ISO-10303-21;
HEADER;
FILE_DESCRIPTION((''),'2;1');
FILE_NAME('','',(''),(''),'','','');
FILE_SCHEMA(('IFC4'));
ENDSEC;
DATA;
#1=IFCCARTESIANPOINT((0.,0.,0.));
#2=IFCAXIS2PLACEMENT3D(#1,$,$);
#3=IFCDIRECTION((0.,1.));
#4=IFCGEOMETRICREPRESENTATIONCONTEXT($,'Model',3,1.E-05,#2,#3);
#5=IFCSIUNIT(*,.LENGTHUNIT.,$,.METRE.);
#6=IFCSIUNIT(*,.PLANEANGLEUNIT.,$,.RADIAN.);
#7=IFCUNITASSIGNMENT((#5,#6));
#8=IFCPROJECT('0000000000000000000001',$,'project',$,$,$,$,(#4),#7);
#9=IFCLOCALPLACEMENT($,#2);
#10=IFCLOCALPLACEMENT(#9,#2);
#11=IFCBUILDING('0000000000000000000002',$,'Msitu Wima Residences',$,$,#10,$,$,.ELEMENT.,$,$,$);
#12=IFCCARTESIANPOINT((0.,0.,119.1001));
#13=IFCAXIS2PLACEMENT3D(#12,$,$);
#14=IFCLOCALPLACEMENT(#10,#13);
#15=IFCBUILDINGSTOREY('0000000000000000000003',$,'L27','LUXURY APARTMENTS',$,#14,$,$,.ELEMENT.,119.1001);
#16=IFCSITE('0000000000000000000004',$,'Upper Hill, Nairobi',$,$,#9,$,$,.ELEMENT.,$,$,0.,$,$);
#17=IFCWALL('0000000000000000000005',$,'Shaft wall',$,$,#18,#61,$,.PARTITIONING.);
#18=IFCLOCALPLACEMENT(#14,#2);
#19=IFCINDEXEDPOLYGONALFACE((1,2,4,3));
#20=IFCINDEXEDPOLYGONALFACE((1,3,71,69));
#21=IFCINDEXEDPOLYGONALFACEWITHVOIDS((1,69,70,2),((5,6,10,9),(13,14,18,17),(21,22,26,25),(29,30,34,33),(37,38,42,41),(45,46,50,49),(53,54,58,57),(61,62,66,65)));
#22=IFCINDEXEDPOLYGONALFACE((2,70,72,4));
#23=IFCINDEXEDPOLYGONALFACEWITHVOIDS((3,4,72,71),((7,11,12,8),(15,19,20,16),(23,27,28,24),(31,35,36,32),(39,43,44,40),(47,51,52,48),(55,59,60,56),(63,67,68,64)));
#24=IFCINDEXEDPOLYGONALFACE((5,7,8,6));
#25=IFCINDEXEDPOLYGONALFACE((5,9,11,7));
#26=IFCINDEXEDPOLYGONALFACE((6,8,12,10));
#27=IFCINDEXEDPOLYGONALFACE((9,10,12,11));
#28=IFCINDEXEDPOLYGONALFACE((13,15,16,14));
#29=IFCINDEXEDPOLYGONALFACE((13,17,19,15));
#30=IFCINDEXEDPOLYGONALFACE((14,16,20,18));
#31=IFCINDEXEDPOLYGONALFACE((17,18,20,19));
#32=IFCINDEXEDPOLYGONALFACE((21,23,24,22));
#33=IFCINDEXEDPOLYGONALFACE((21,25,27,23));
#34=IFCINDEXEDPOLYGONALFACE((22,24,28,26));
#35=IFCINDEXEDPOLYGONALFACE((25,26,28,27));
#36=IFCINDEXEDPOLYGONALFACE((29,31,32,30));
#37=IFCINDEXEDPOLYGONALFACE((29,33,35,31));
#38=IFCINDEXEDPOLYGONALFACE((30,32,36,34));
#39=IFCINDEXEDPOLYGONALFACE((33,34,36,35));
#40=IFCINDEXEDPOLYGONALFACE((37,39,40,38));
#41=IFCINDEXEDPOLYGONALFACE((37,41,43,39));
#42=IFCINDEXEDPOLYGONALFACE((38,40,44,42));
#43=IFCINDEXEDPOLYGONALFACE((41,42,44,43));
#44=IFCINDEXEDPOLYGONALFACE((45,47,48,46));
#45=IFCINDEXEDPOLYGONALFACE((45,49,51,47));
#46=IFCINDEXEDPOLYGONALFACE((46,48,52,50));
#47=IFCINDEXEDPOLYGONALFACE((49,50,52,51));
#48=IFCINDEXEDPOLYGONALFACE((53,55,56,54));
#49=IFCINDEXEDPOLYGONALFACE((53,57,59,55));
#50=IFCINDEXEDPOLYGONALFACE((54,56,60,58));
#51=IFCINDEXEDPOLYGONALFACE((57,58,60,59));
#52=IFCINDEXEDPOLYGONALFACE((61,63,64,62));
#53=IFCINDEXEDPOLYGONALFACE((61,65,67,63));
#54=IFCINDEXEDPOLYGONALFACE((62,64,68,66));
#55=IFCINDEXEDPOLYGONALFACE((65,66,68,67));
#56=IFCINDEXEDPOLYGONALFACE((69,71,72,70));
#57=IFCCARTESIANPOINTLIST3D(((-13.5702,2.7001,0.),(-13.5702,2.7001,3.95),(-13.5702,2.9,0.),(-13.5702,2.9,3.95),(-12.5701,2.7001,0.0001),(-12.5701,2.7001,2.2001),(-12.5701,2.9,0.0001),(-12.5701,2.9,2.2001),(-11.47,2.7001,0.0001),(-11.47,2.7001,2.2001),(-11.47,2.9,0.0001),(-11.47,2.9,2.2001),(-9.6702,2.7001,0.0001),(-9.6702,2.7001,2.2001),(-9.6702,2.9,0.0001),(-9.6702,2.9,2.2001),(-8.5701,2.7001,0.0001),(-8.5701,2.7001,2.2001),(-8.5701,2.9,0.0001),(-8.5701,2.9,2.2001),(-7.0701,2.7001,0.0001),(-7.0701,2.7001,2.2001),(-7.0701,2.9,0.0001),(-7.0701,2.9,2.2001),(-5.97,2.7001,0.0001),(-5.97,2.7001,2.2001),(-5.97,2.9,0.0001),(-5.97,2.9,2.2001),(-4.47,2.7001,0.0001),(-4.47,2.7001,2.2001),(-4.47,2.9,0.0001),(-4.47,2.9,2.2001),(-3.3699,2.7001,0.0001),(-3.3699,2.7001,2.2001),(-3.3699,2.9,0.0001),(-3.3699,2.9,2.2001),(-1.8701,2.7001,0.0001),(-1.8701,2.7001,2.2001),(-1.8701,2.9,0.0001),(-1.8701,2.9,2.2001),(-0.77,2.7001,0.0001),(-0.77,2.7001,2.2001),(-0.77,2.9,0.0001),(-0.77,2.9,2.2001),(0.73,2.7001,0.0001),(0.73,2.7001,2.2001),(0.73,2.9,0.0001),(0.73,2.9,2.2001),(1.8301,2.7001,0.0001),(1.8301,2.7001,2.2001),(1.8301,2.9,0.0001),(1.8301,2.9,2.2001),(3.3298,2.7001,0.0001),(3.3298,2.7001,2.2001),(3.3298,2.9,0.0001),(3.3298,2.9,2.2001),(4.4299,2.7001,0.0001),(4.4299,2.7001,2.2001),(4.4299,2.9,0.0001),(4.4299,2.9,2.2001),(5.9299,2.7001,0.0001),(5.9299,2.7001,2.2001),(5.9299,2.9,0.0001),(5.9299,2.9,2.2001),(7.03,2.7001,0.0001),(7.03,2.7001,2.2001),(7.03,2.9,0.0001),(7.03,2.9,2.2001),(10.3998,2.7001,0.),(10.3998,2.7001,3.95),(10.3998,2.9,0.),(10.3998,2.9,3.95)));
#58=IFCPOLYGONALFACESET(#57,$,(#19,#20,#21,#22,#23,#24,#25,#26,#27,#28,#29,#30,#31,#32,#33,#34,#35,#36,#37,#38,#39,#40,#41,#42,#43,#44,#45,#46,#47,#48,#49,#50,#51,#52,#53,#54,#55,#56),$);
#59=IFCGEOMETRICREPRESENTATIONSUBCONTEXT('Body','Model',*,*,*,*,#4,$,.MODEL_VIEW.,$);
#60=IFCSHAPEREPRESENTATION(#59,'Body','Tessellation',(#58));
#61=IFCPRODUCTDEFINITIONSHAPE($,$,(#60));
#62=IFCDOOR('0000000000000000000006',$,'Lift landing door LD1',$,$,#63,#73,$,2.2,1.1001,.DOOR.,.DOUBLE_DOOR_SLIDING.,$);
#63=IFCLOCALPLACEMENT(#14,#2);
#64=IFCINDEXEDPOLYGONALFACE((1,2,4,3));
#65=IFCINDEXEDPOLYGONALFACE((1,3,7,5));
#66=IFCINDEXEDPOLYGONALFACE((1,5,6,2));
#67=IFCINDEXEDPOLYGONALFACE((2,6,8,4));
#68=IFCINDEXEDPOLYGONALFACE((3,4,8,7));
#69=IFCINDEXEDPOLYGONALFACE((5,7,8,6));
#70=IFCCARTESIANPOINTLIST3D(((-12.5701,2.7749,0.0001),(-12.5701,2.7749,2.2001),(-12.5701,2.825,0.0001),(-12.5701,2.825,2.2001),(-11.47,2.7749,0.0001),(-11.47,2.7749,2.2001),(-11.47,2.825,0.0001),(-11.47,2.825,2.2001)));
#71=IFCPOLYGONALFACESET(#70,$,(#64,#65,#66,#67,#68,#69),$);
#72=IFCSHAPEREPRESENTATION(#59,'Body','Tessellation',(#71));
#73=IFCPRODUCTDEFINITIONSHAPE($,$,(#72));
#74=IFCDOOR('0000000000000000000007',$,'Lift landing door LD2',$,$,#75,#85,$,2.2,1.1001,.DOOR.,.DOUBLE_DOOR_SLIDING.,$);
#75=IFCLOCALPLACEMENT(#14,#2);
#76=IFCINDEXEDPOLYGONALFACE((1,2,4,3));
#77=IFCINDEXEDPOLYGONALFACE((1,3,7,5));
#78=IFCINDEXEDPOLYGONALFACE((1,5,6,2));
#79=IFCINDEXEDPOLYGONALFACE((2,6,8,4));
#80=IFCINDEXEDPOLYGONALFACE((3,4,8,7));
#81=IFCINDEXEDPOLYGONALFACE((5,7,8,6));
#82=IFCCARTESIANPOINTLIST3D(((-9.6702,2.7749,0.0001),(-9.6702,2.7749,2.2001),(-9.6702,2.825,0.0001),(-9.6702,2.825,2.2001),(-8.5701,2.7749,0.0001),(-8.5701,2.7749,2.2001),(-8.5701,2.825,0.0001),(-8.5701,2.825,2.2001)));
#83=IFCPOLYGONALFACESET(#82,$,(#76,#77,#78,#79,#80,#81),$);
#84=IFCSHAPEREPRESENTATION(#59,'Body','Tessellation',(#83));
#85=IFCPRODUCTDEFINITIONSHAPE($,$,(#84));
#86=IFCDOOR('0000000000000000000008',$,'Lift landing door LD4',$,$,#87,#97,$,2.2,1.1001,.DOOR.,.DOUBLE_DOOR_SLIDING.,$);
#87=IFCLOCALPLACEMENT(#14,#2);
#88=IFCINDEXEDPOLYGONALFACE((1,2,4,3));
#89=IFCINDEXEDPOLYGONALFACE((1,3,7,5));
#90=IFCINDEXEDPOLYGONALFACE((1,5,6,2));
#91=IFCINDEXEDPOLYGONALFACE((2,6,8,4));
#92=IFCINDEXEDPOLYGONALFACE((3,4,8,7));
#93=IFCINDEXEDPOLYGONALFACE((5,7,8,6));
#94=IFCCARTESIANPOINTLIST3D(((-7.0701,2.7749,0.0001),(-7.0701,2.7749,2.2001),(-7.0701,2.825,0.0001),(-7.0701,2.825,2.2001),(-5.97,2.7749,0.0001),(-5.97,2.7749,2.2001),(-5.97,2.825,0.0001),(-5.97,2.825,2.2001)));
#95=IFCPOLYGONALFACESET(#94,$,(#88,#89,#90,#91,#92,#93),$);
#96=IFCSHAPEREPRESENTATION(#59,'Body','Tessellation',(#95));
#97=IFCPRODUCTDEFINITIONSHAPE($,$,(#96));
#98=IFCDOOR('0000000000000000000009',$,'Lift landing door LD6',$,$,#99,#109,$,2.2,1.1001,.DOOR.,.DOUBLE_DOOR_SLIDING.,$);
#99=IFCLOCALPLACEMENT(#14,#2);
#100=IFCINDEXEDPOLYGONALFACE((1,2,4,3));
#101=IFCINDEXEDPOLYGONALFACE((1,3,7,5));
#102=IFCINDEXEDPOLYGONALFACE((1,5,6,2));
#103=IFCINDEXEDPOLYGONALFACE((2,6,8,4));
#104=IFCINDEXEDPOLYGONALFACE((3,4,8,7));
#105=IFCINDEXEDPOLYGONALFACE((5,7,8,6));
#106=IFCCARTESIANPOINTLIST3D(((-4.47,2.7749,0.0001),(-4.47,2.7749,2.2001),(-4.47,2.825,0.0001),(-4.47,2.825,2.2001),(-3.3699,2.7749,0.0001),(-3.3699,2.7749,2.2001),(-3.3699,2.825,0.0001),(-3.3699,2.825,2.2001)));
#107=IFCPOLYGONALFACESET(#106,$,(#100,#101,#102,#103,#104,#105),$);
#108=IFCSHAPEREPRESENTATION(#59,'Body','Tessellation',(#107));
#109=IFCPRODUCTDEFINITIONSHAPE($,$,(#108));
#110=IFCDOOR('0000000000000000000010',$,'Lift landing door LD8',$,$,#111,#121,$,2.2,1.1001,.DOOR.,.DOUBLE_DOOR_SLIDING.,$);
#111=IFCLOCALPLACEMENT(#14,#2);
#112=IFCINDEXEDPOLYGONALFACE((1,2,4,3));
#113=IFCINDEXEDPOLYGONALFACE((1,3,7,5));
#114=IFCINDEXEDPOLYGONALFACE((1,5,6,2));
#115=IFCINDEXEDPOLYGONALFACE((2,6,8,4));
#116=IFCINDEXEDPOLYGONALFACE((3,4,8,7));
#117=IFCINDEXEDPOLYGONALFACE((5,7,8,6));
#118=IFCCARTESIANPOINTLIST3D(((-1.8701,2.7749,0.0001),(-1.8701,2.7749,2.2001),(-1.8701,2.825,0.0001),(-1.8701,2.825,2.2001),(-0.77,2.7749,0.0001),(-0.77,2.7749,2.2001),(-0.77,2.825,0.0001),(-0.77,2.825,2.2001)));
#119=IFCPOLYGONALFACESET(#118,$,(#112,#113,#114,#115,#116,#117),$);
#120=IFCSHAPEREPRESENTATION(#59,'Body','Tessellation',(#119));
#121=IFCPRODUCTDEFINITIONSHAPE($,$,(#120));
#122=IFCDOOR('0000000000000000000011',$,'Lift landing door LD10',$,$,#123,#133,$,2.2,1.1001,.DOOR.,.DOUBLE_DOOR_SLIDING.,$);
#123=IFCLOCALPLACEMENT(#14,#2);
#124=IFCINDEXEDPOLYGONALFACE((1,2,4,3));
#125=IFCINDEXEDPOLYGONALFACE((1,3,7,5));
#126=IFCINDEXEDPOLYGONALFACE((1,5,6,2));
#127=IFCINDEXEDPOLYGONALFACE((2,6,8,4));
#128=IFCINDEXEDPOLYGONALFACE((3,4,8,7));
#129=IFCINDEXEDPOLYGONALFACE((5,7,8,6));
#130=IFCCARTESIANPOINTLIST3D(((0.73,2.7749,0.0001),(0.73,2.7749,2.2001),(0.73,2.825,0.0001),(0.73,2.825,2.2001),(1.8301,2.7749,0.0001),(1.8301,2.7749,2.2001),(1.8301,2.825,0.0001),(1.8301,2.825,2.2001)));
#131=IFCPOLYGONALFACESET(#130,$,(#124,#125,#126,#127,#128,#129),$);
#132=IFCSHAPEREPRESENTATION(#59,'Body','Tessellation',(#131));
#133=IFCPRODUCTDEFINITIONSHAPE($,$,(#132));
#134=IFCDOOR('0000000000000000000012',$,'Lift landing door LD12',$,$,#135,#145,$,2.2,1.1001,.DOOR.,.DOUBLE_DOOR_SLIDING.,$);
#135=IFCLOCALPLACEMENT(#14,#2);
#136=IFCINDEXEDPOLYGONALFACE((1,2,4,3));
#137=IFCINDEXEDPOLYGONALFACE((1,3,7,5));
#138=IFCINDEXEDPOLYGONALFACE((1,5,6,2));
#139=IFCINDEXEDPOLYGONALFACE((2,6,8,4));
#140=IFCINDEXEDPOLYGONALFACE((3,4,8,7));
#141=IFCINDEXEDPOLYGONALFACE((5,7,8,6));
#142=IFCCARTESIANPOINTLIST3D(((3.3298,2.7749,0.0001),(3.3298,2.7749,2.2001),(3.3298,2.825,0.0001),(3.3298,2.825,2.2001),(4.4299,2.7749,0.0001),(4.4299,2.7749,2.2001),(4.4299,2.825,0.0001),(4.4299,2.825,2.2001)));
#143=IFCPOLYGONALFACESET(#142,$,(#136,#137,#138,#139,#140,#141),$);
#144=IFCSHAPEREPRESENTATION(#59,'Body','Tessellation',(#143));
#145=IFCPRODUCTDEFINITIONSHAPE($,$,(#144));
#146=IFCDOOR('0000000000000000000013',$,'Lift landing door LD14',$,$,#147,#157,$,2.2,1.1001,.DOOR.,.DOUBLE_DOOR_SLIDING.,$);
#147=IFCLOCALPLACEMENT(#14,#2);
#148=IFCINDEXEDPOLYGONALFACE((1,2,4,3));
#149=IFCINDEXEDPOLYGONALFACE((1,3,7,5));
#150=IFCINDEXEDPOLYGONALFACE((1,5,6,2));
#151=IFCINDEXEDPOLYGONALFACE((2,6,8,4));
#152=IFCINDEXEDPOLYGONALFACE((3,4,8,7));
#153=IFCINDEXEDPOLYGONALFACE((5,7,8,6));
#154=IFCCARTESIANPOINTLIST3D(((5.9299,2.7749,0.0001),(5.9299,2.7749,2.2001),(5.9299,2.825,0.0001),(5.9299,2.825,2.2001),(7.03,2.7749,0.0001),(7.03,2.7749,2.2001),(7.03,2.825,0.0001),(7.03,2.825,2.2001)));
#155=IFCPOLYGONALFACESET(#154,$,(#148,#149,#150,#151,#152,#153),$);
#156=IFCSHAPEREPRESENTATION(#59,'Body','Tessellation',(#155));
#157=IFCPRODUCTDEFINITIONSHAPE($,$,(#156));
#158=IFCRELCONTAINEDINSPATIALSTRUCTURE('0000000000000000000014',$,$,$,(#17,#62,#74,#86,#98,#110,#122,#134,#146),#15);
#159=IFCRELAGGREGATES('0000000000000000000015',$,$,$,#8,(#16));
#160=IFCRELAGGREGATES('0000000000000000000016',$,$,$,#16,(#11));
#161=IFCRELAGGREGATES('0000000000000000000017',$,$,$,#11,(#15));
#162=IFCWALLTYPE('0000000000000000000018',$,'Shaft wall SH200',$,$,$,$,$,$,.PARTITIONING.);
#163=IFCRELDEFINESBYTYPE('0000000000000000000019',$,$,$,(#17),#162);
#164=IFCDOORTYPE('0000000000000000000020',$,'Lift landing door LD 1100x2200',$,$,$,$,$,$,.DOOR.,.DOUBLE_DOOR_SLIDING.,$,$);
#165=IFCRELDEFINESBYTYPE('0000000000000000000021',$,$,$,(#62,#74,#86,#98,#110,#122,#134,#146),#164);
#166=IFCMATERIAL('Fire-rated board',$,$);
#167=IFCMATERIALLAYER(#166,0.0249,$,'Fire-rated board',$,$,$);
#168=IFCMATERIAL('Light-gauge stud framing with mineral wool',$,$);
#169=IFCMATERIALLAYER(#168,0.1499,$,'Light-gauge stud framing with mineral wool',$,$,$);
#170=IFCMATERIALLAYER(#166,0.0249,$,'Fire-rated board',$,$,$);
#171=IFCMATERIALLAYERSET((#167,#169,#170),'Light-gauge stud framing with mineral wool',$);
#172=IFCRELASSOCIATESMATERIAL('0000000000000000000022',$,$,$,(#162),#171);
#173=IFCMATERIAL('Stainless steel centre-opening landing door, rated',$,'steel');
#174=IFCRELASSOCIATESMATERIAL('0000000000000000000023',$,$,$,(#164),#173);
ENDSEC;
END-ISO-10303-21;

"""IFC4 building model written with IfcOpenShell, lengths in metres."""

from ifc_helpers import new_model, si_unit, direction, frame, frame_2d, origin, place, context, subcontext, project, spatial, rectangle, extrude, material, layer, layer_set, type_object, element, fill, save


model = new_model("IFC4")

# Units and contexts
model_context = context("Model", 3, precision=1e-05, world=origin(), true_north=direction((0.0, 1.0)))
body_context = subcontext(model_context, "Body", "Model", "MODEL_VIEW")
ifc_project = project(units=[si_unit("LENGTHUNIT", "METRE"), si_unit("PLANEANGLEUNIT", "RADIAN")], contexts=[model_context])

# Site, building, storey
site_placement = place(None, origin())
site = spatial("IfcSite", under=ifc_project, at=site_placement, Name="Upper Hill, Nairobi", CompositionType="ELEMENT", RefElevation=0.0)
building_placement = place(site_placement, origin())
building = spatial("IfcBuilding", under=site, at=building_placement, Name="Msitu Wima Residences", CompositionType="ELEMENT")
storey_placement = place(building_placement, frame((0.0, 0.0, 119.1001)))
storey = spatial("IfcBuildingStorey", under=building, at=storey_placement, Name="L27", Description="LUXURY APARTMENTS", CompositionType="ELEMENT", Elevation=119.1001)

# Shared definitions
ifc_material_1 = material(Name="Fire-rated board")
ifc_layer_1 = layer(ifc_material_1, 0.0249, Name="Fire-rated board")
ifc_material_2 = material(Name="Light-gauge stud framing with mineral wool")
ifc_layer_2 = layer(ifc_material_2, 0.1499, Name="Light-gauge stud framing with mineral wool")
ifc_layer_3 = layer(ifc_material_1, 0.0249, Name="Fire-rated board")
ifc_layer_set_1 = layer_set([ifc_layer_1, ifc_layer_2, ifc_layer_3], Name="Light-gauge stud framing with mineral wool")
wall_type_1 = type_object("IfcWallType", Name="Shaft wall SH200", PredefinedType="PARTITIONING", material=ifc_layer_set_1)

# Wall, openings, doors
wall_1_placement = place(storey_placement, frame((-13.5701, 2.8, 0.0), z_axis=(0.0, 0.0, 1.0), x_axis=(1.0, 0.0, 0.0)))
wall_1 = element("IfcWall", 1, at=wall_1_placement, inside=storey, type_object=wall_type_1, Name="Shaft wall", PredefinedType="PARTITIONING", context=body_context, shape_type="SweptSolid", body=[
    extrude(rectangle(XDim=23.97, YDim=0.2, at=frame_2d((11.9849, 0.0))), origin(), (0.0, 0.0, 1.0), 3.95),
])
opening_1_placement = place(wall_1_placement, frame((1.0, 0.0, 0.0)))
opening_1 = element("IfcOpeningElement", 2, at=opening_1_placement, cuts=wall_1, PredefinedType="OPENING", context=body_context, shape_type="SweptSolid", body=[
    extrude(rectangle(XDim=1.1001, YDim=2.2, at=frame_2d((0.55, 1.1001))), frame((0.0, 0.1099, 0.0), z_axis=(0.0, -1.0, 0.0), x_axis=(1.0, 0.0, 0.0)), (0.0, 0.0, 1.0), 0.22),
])
opening_2_placement = place(wall_1_placement, frame((3.8999, 0.0, 0.0)))
opening_2 = element("IfcOpeningElement", 3, at=opening_2_placement, cuts=wall_1, PredefinedType="OPENING", context=body_context, shape_type="SweptSolid", body=[
    extrude(rectangle(XDim=1.1001, YDim=2.2, at=frame_2d((0.55, 1.1001))), frame((0.0, 0.1099, 0.0), z_axis=(0.0, -1.0, 0.0), x_axis=(1.0, 0.0, 0.0)), (0.0, 0.0, 1.0), 0.22),
])
opening_3_placement = place(wall_1_placement, frame((6.5, 0.0, 0.0)))
opening_3 = element("IfcOpeningElement", 4, at=opening_3_placement, cuts=wall_1, PredefinedType="OPENING", context=body_context, shape_type="SweptSolid", body=[
    extrude(rectangle(XDim=1.1001, YDim=2.2, at=frame_2d((0.55, 1.1001))), frame((0.0, 0.1099, 0.0), z_axis=(0.0, -1.0, 0.0), x_axis=(1.0, 0.0, 0.0)), (0.0, 0.0, 1.0), 0.22),
])
opening_4_placement = place(wall_1_placement, frame((9.1001, 0.0, 0.0)))
opening_4 = element("IfcOpeningElement", 5, at=opening_4_placement, cuts=wall_1, PredefinedType="OPENING", context=body_context, shape_type="SweptSolid", body=[
    extrude(rectangle(XDim=1.1001, YDim=2.2, at=frame_2d((0.55, 1.1001))), frame((0.0, 0.1099, 0.0), z_axis=(0.0, -1.0, 0.0), x_axis=(1.0, 0.0, 0.0)), (0.0, 0.0, 1.0), 0.22),
])
opening_5_placement = place(wall_1_placement, frame((11.7, 0.0, 0.0)))
opening_5 = element("IfcOpeningElement", 6, at=opening_5_placement, cuts=wall_1, PredefinedType="OPENING", context=body_context, shape_type="SweptSolid", body=[
    extrude(rectangle(XDim=1.1001, YDim=2.2, at=frame_2d((0.55, 1.1001))), frame((0.0, 0.1099, 0.0), z_axis=(0.0, -1.0, 0.0), x_axis=(1.0, 0.0, 0.0)), (0.0, 0.0, 1.0), 0.22),
])
opening_6_placement = place(wall_1_placement, frame((14.3, 0.0, 0.0)))
opening_6 = element("IfcOpeningElement", 7, at=opening_6_placement, cuts=wall_1, PredefinedType="OPENING", context=body_context, shape_type="SweptSolid", body=[
    extrude(rectangle(XDim=1.1001, YDim=2.2, at=frame_2d((0.55, 1.1001))), frame((0.0, 0.1099, 0.0), z_axis=(0.0, -1.0, 0.0), x_axis=(1.0, 0.0, 0.0)), (0.0, 0.0, 1.0), 0.22),
])
opening_7_placement = place(wall_1_placement, frame((16.8999, 0.0, 0.0)))
opening_7 = element("IfcOpeningElement", 8, at=opening_7_placement, cuts=wall_1, PredefinedType="OPENING", context=body_context, shape_type="SweptSolid", body=[
    extrude(rectangle(XDim=1.1001, YDim=2.2, at=frame_2d((0.55, 1.1001))), frame((0.0, 0.1099, 0.0), z_axis=(0.0, -1.0, 0.0), x_axis=(1.0, 0.0, 0.0)), (0.0, 0.0, 1.0), 0.22),
])
opening_8_placement = place(wall_1_placement, frame((19.5, 0.0, 0.0)))
opening_8 = element("IfcOpeningElement", 9, at=opening_8_placement, cuts=wall_1, PredefinedType="OPENING", context=body_context, shape_type="SweptSolid", body=[
    extrude(rectangle(XDim=1.1001, YDim=2.2, at=frame_2d((0.55, 1.1001))), frame((0.0, 0.1099, 0.0), z_axis=(0.0, -1.0, 0.0), x_axis=(1.0, 0.0, 0.0)), (0.0, 0.0, 1.0), 0.22),
])
ifc_material_3 = material(Name="Stainless steel centre-opening landing door, rated", Category="steel")
door_type_1 = type_object("IfcDoorType", Name="Lift landing door LD 1100x2200", OperationType="DOUBLE_DOOR_SLIDING", PredefinedType="DOOR", material=ifc_material_3)
door_1_placement = place(opening_1_placement, origin())
door_1 = element("IfcDoor", 10, at=door_1_placement, inside=storey, type_object=door_type_1, Name="Lift landing door LD1", OperationType="DOUBLE_DOOR_SLIDING", OverallHeight=2.2, OverallWidth=1.1001, PredefinedType="DOOR", context=body_context, shape_type="SweptSolid", body=[
    extrude(rectangle(XDim=1.1001, YDim=2.2, at=frame_2d((0.55, 1.1001))), frame((0.0, 0.0249, 0.0), z_axis=(0.0, -1.0, 0.0), x_axis=(1.0, 0.0, 0.0)), (0.0, 0.0, 1.0), 0.05),
])
fill(opening_1, door_1)
door_2_placement = place(opening_2_placement, origin())
door_2 = element("IfcDoor", 11, at=door_2_placement, inside=storey, type_object=door_type_1, Name="Lift landing door LD2", OperationType="DOUBLE_DOOR_SLIDING", OverallHeight=2.2, OverallWidth=1.1001, PredefinedType="DOOR", context=body_context, shape_type="SweptSolid", body=[
    extrude(rectangle(XDim=1.1001, YDim=2.2, at=frame_2d((0.55, 1.1001))), frame((0.0, 0.0249, 0.0), z_axis=(0.0, -1.0, 0.0), x_axis=(1.0, 0.0, 0.0)), (0.0, 0.0, 1.0), 0.05),
])
fill(opening_2, door_2)
door_3_placement = place(opening_3_placement, origin())
door_3 = element("IfcDoor", 12, at=door_3_placement, inside=storey, type_object=door_type_1, Name="Lift landing door LD4", OperationType="DOUBLE_DOOR_SLIDING", OverallHeight=2.2, OverallWidth=1.1001, PredefinedType="DOOR", context=body_context, shape_type="SweptSolid", body=[
    extrude(rectangle(XDim=1.1001, YDim=2.2, at=frame_2d((0.55, 1.1001))), frame((0.0, 0.0249, 0.0), z_axis=(0.0, -1.0, 0.0), x_axis=(1.0, 0.0, 0.0)), (0.0, 0.0, 1.0), 0.05),
])
fill(opening_3, door_3)
door_4_placement = place(opening_4_placement, origin())
door_4 = element("IfcDoor", 13, at=door_4_placement, inside=storey, type_object=door_type_1, Name="Lift landing door LD6", OperationType="DOUBLE_DOOR_SLIDING", OverallHeight=2.2, OverallWidth=1.1001, PredefinedType="DOOR", context=body_context, shape_type="SweptSolid", body=[
    extrude(rectangle(XDim=1.1001, YDim=2.2, at=frame_2d((0.55, 1.1001))), frame((0.0, 0.0249, 0.0), z_axis=(0.0, -1.0, 0.0), x_axis=(1.0, 0.0, 0.0)), (0.0, 0.0, 1.0), 0.05),
])
fill(opening_4, door_4)
door_5_placement = place(opening_5_placement, origin())
door_5 = element("IfcDoor", 14, at=door_5_placement, inside=storey, type_object=door_type_1, Name="Lift landing door LD8", OperationType="DOUBLE_DOOR_SLIDING", OverallHeight=2.2, OverallWidth=1.1001, PredefinedType="DOOR", context=body_context, shape_type="SweptSolid", body=[
    extrude(rectangle(XDim=1.1001, YDim=2.2, at=frame_2d((0.55, 1.1001))), frame((0.0, 0.0249, 0.0), z_axis=(0.0, -1.0, 0.0), x_axis=(1.0, 0.0, 0.0)), (0.0, 0.0, 1.0), 0.05),
])
fill(opening_5, door_5)
door_6_placement = place(opening_6_placement, origin())
door_6 = element("IfcDoor", 15, at=door_6_placement, inside=storey, type_object=door_type_1, Name="Lift landing door LD10", OperationType="DOUBLE_DOOR_SLIDING", OverallHeight=2.2, OverallWidth=1.1001, PredefinedType="DOOR", context=body_context, shape_type="SweptSolid", body=[
    extrude(rectangle(XDim=1.1001, YDim=2.2, at=frame_2d((0.55, 1.1001))), frame((0.0, 0.0249, 0.0), z_axis=(0.0, -1.0, 0.0), x_axis=(1.0, 0.0, 0.0)), (0.0, 0.0, 1.0), 0.05),
])
fill(opening_6, door_6)
door_7_placement = place(opening_7_placement, origin())
door_7 = element("IfcDoor", 16, at=door_7_placement, inside=storey, type_object=door_type_1, Name="Lift landing door LD12", OperationType="DOUBLE_DOOR_SLIDING", OverallHeight=2.2, OverallWidth=1.1001, PredefinedType="DOOR", context=body_context, shape_type="SweptSolid", body=[
    extrude(rectangle(XDim=1.1001, YDim=2.2, at=frame_2d((0.55, 1.1001))), frame((0.0, 0.0249, 0.0), z_axis=(0.0, -1.0, 0.0), x_axis=(1.0, 0.0, 0.0)), (0.0, 0.0, 1.0), 0.05),
])
fill(opening_7, door_7)
door_8_placement = place(opening_8_placement, origin())
door_8 = element("IfcDoor", 17, at=door_8_placement, inside=storey, type_object=door_type_1, Name="Lift landing door LD14", OperationType="DOUBLE_DOOR_SLIDING", OverallHeight=2.2, OverallWidth=1.1001, PredefinedType="DOOR", context=body_context, shape_type="SweptSolid", body=[
    extrude(rectangle(XDim=1.1001, YDim=2.2, at=frame_2d((0.55, 1.1001))), frame((0.0, 0.0249, 0.0), z_axis=(0.0, -1.0, 0.0), x_axis=(1.0, 0.0, 0.0)), (0.0, 0.0, 1.0), 0.05),
])
fill(opening_8, door_8)

save(model, "model.ifc")
